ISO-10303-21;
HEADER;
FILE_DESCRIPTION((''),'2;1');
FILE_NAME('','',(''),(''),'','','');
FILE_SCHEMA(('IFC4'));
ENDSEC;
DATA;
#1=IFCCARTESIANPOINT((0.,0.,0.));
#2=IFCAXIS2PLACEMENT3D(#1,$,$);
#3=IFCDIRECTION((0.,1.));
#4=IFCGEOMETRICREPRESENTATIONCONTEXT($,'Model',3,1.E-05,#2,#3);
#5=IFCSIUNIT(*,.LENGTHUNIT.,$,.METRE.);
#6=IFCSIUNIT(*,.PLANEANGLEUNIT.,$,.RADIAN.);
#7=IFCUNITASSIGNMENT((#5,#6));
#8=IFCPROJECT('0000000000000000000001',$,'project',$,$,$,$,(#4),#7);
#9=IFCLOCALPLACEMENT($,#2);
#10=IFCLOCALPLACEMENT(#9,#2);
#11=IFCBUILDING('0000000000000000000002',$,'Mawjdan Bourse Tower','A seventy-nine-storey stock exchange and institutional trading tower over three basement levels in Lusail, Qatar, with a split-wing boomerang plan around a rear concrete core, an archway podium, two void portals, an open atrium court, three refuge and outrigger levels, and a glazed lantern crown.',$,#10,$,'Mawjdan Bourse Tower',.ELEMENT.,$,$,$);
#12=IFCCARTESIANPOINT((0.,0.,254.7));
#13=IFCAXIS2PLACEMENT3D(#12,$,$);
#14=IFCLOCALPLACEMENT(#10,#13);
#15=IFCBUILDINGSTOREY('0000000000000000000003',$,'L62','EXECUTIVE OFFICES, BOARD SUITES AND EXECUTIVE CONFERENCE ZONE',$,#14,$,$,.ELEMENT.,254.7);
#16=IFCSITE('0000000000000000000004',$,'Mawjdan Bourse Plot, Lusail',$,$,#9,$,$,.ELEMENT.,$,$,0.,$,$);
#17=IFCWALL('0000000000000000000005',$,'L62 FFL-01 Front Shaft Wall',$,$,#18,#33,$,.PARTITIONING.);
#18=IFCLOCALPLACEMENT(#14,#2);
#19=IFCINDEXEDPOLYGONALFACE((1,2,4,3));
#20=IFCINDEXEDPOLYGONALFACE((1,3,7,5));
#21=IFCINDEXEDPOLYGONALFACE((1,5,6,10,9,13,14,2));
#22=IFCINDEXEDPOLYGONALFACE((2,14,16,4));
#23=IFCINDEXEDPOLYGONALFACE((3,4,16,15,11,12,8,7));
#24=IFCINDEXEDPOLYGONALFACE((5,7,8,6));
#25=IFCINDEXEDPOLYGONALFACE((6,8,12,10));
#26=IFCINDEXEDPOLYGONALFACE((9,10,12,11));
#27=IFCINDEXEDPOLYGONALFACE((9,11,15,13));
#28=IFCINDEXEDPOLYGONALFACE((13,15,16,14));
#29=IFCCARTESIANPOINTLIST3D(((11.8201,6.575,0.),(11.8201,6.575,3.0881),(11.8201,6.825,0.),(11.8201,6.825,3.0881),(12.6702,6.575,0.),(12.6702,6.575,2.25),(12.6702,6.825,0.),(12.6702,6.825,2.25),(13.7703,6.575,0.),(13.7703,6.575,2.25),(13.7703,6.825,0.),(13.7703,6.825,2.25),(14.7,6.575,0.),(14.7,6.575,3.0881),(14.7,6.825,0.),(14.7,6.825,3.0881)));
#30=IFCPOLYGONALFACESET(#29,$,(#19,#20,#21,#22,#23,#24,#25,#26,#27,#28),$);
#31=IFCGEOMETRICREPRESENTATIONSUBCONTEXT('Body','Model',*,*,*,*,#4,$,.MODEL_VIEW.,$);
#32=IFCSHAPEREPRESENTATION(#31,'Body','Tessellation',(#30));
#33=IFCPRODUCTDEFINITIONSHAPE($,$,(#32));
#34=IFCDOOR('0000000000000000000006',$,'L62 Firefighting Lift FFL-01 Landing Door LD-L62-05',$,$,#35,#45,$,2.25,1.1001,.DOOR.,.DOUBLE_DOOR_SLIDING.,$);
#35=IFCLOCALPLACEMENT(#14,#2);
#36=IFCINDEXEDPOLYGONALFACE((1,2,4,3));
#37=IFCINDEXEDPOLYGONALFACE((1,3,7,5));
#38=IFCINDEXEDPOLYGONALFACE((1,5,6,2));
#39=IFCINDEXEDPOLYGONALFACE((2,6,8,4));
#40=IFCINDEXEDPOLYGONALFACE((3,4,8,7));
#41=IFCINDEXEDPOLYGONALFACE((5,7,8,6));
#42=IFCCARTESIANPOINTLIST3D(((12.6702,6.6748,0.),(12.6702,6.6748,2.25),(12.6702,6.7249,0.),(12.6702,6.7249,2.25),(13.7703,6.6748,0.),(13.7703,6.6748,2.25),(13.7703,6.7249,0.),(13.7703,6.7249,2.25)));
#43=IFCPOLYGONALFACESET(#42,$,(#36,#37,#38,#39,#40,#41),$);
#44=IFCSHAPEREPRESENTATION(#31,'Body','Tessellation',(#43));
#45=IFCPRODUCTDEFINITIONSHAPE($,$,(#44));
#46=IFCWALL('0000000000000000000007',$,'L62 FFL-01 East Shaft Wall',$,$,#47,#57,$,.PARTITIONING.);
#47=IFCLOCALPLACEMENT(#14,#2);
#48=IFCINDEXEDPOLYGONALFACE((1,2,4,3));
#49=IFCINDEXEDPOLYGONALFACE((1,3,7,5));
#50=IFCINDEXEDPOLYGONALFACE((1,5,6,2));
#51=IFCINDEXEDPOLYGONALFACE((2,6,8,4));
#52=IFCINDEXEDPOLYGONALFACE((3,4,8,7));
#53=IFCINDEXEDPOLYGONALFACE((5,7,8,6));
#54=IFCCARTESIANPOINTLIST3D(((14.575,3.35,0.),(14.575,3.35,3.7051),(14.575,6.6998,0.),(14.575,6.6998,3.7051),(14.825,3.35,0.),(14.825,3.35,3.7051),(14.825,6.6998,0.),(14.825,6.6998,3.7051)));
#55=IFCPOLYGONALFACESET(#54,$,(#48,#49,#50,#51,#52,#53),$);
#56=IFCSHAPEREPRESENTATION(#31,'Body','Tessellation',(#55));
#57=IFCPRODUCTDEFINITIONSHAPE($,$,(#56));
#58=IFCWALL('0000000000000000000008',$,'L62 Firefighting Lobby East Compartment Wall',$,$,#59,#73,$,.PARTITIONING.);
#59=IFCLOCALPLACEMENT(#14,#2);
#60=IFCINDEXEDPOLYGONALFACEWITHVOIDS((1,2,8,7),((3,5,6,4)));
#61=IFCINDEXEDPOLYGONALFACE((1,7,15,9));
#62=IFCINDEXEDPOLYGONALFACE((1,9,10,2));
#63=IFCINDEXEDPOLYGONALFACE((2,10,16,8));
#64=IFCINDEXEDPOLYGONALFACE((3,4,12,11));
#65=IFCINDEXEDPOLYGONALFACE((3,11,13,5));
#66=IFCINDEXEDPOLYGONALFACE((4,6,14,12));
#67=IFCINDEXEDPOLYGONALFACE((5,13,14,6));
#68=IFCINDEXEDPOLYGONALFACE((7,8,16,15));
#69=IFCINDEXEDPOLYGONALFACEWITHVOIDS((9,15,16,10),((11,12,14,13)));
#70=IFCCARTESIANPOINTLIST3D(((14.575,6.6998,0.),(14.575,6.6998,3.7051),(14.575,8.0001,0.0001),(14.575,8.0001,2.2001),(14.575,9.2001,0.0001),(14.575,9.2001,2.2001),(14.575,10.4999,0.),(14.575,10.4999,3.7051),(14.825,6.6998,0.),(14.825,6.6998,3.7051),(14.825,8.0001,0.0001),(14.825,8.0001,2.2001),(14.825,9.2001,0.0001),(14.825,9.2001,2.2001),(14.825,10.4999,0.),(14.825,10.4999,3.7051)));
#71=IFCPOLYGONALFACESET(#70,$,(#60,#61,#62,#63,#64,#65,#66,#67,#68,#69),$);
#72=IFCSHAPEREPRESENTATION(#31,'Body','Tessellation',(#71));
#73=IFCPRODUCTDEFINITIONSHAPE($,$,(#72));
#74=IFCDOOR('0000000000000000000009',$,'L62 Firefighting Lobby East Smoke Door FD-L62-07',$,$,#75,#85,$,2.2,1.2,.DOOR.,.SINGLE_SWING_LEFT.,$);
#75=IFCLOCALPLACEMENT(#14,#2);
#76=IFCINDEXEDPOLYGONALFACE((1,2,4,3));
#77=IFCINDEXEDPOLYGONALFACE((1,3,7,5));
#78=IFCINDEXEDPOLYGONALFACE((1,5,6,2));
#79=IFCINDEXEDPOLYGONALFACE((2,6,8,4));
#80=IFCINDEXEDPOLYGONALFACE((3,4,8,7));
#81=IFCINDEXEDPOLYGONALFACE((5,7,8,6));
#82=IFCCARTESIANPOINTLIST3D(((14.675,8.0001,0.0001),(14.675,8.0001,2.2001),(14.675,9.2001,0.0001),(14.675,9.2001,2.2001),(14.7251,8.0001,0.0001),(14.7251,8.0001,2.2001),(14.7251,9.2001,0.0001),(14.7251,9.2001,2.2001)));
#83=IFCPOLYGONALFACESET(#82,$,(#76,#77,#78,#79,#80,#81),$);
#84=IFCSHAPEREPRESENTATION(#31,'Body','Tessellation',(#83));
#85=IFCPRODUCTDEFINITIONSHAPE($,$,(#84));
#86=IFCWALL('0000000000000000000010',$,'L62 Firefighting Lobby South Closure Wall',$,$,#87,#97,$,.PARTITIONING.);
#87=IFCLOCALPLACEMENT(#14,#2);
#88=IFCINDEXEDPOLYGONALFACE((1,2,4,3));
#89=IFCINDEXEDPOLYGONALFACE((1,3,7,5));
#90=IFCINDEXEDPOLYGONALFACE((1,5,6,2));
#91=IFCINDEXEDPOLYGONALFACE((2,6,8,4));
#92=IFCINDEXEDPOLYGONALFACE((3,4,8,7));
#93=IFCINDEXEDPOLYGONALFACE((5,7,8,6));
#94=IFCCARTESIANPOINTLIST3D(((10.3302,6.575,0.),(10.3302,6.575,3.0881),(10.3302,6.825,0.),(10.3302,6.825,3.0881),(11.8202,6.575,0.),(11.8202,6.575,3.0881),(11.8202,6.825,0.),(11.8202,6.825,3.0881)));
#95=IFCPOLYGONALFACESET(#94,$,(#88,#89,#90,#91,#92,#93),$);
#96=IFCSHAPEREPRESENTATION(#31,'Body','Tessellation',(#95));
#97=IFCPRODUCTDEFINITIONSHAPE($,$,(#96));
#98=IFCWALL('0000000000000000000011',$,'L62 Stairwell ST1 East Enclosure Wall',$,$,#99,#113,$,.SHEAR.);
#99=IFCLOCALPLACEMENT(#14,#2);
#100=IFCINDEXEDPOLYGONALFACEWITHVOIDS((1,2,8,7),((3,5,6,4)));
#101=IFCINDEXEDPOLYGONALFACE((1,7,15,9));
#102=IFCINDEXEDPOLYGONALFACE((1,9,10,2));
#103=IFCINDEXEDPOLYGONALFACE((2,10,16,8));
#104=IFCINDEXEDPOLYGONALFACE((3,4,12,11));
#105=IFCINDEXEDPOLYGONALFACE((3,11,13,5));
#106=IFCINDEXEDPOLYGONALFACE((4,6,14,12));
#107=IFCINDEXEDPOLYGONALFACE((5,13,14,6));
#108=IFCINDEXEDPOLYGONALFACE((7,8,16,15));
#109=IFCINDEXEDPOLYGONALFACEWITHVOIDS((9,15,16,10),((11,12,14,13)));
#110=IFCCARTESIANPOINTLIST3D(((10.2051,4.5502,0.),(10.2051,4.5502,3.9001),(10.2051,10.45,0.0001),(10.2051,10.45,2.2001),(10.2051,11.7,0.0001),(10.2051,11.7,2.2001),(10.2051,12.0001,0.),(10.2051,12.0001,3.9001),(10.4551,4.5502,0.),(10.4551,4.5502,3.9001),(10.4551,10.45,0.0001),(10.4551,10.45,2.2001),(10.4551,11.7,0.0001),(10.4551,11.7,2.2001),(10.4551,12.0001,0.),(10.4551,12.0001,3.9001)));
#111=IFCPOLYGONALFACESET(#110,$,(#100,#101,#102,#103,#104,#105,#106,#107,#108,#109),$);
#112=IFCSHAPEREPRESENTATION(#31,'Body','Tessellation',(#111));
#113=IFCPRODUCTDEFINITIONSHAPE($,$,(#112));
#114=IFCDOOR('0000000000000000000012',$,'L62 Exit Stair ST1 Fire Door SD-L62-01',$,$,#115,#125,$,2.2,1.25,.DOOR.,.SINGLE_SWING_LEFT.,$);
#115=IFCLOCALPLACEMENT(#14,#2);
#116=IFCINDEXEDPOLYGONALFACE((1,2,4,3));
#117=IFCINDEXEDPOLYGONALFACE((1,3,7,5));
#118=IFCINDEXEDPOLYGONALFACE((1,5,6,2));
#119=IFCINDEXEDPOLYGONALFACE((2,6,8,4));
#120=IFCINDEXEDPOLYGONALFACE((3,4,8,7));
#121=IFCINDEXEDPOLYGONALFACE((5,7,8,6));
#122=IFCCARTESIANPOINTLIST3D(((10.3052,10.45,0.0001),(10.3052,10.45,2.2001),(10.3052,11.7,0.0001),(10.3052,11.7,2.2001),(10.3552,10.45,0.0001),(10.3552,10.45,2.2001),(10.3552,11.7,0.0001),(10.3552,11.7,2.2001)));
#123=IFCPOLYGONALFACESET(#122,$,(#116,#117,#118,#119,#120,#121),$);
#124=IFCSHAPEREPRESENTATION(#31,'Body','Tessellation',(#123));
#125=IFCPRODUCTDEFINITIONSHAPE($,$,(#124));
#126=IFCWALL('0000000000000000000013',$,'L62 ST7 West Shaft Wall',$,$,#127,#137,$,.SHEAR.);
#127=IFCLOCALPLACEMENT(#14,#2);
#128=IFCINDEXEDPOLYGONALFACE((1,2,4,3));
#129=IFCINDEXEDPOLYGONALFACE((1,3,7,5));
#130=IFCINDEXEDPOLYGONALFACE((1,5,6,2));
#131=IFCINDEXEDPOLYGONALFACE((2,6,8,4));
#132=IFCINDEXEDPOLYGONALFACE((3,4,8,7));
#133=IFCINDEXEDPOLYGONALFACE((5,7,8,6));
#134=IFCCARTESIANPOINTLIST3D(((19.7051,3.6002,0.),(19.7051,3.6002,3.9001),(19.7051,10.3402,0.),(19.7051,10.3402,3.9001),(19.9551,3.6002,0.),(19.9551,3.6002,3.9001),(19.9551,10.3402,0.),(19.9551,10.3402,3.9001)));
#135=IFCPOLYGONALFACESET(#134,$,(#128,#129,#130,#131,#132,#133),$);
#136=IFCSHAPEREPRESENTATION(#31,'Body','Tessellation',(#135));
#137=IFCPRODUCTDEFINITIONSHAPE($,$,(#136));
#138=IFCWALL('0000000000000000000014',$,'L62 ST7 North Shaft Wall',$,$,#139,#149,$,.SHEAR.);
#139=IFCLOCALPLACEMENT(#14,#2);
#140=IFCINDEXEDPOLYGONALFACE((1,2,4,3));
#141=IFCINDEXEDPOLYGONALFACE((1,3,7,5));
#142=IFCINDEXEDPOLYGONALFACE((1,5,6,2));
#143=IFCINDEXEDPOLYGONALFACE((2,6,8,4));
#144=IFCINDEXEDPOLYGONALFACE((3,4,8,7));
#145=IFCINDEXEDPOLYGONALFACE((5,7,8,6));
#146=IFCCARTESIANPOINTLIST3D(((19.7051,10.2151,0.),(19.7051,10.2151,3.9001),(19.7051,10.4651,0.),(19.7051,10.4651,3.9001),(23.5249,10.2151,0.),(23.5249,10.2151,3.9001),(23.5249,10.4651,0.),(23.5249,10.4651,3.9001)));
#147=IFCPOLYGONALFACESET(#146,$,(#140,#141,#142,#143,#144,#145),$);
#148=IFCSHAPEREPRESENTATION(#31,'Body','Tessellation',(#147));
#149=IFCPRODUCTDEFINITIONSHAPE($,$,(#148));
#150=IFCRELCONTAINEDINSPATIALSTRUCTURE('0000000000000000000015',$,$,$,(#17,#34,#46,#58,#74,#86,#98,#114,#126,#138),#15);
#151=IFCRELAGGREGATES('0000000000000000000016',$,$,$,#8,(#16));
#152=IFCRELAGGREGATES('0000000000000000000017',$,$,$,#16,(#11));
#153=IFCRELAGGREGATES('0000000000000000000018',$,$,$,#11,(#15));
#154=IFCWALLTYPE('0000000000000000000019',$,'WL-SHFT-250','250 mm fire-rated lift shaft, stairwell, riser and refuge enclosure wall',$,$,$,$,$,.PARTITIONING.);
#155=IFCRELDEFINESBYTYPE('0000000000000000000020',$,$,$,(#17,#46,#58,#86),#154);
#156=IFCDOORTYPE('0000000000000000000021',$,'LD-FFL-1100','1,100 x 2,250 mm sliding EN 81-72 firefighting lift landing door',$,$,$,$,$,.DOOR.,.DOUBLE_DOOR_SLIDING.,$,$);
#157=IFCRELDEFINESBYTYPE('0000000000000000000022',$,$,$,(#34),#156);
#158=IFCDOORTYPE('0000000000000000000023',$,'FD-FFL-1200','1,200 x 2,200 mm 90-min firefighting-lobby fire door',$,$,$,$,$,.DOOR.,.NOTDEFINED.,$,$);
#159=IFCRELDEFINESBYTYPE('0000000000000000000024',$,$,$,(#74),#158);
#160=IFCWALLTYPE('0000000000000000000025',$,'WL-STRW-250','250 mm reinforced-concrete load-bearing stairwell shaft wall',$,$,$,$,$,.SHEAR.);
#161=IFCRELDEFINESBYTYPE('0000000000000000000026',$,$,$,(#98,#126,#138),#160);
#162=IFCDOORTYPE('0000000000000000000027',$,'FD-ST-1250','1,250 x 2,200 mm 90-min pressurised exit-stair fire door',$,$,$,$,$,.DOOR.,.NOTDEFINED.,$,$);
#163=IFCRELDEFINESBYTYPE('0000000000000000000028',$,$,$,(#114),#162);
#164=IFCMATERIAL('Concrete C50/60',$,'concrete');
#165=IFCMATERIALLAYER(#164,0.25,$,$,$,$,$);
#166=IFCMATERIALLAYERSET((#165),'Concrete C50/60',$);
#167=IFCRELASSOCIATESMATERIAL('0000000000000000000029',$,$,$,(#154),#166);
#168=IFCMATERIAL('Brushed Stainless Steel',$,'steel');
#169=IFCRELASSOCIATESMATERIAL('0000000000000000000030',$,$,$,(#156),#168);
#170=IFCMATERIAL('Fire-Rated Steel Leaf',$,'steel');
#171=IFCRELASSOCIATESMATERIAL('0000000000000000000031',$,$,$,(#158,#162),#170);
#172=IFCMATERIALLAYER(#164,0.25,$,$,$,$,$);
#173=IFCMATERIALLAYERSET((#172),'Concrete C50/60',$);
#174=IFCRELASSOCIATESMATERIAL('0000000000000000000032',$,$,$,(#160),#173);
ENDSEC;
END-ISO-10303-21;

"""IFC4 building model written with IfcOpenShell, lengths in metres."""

from ifc_helpers import new_model, si_unit, direction, frame, frame_2d, origin, place, context, subcontext, project, spatial, rectangle, extrude, material, layer, layer_set, type_object, element, fill, save


model = new_model("IFC4")

# Units and contexts
model_context = context("Model", 3, precision=1e-05, world=origin(), true_north=direction((0.0, 1.0)))
body_context = subcontext(model_context, "Body", "Model", "MODEL_VIEW")
ifc_project = project(units=[si_unit("LENGTHUNIT", "METRE"), si_unit("PLANEANGLEUNIT", "RADIAN")], contexts=[model_context])

# Site, building, storey
site_placement = place(None, origin())
site = spatial("IfcSite", under=ifc_project, at=site_placement, Name="Mawjdan Bourse Plot, Lusail", CompositionType="ELEMENT", RefElevation=0.0)
building_placement = place(site_placement, origin())
building = spatial("IfcBuilding", under=site, at=building_placement, Name="Mawjdan Bourse Tower", Description="A seventy-nine-storey stock exchange and institutional trading tower over three basement levels in Lusail, Qatar, with a split-wing boomerang plan around a rear concrete core, an archway podium, two void portals, an open atrium court, three refuge and outrigger levels, and a glazed lantern crown.", LongName="Mawjdan Bourse Tower", CompositionType="ELEMENT")
storey_placement = place(building_placement, frame((0.0, 0.0, 254.7)))
storey = spatial("IfcBuildingStorey", under=building, at=storey_placement, Name="L62", Description="EXECUTIVE OFFICES, BOARD SUITES AND EXECUTIVE CONFERENCE ZONE", CompositionType="ELEMENT", Elevation=254.7)

# Shared definitions
ifc_material_1 = material(Name="Concrete C50/60", Category="concrete")
ifc_layer_1 = layer(ifc_material_1, 0.25)
ifc_layer_set_1 = layer_set([ifc_layer_1], Name="Concrete C50/60")
wall_type_1 = type_object("IfcWallType", Name="WL-SHFT-250", Description="250 mm fire-rated lift shaft, stairwell, riser and refuge enclosure wall", PredefinedType="PARTITIONING", material=ifc_layer_set_1)

# Wall, opening, door
wall_1_placement = place(storey_placement, frame((11.8201, 6.7, 0.0), z_axis=(0.0, 0.0, 1.0), x_axis=(1.0, 0.0, 0.0)))
wall_1 = element("IfcWall", 1, at=wall_1_placement, inside=storey, type_object=wall_type_1, Name="L62 FFL-01 Front Shaft Wall", PredefinedType="PARTITIONING", context=body_context, shape_type="SweptSolid", body=[
    extrude(rectangle(XDim=2.8799, YDim=0.25, at=frame_2d((1.4399, 0.0))), origin(), (0.0, 0.0, 1.0), 3.0881),
])
opening_1_placement = place(wall_1_placement, frame((0.8501, 0.0, 0.0)))
opening_1 = element("IfcOpeningElement", 2, at=opening_1_placement, cuts=wall_1, PredefinedType="OPENING", context=body_context, shape_type="SweptSolid", body=[
    extrude(rectangle(XDim=1.1001, YDim=2.25, at=frame_2d((0.55, 1.125))), frame((0.0, 0.135, 0.0), z_axis=(0.0, -1.0, 0.0), x_axis=(1.0, 0.0, 0.0)), (0.0, 0.0, 1.0), 0.27),
])
ifc_material_2 = material(Name="Brushed Stainless Steel", Category="steel")
door_type_1 = type_object("IfcDoorType", Name="LD-FFL-1100", Description="1,100 x 2,250 mm sliding EN 81-72 firefighting lift landing door", OperationType="DOUBLE_DOOR_SLIDING", PredefinedType="DOOR", material=ifc_material_2)
door_1_placement = place(opening_1_placement, origin())
door_1 = element("IfcDoor", 3, at=door_1_placement, inside=storey, type_object=door_type_1, Name="L62 Firefighting Lift FFL-01 Landing Door LD-L62-05", OperationType="DOUBLE_DOOR_SLIDING", OverallHeight=2.25, OverallWidth=1.1001, PredefinedType="DOOR", context=body_context, shape_type="SweptSolid", body=[
    extrude(rectangle(XDim=1.1001, YDim=2.25, at=frame_2d((0.55, 1.125))), frame((0.0, 0.0249, 0.0), z_axis=(0.0, -1.0, 0.0), x_axis=(1.0, 0.0, 0.0)), (0.0, 0.0, 1.0), 0.05),
])
fill(opening_1, door_1)

# Wall
wall_2_placement = place(storey_placement, frame((14.7, 3.3501, 0.0), z_axis=(0.0, 0.0, 1.0), x_axis=(0.0, 1.0, 0.0)))
element("IfcWall", 4, at=wall_2_placement, inside=storey, type_object=wall_type_1, Name="L62 FFL-01 East Shaft Wall", PredefinedType="PARTITIONING", context=body_context, shape_type="SweptSolid", body=[
    extrude(rectangle(XDim=3.3499, YDim=0.25, at=frame_2d((1.6748, 0.0))), origin(), (0.0, 0.0, 1.0), 3.7051),
])

# Wall, opening, door
wall_3_placement = place(storey_placement, frame((14.7, 6.7, 0.0), z_axis=(0.0, 0.0, 1.0), x_axis=(0.0, 1.0, 0.0)))
wall_3 = element("IfcWall", 5, at=wall_3_placement, inside=storey, type_object=wall_type_1, Name="L62 Firefighting Lobby East Compartment Wall", PredefinedType="PARTITIONING", context=body_context, shape_type="SweptSolid", body=[
    extrude(rectangle(XDim=3.8, YDim=0.25, at=frame_2d((1.8999, 0.0))), origin(), (0.0, 0.0, 1.0), 3.7051),
])
opening_2_placement = place(wall_3_placement, frame((1.3, 0.0, 0.0)))
opening_2 = element("IfcOpeningElement", 6, at=opening_2_placement, cuts=wall_3, PredefinedType="OPENING", context=body_context, shape_type="SweptSolid", body=[
    extrude(rectangle(XDim=1.2, YDim=2.2, at=frame_2d((0.6001, 1.1001))), frame((0.0, 0.135, 0.0), z_axis=(0.0, -1.0, 0.0), x_axis=(1.0, 0.0, 0.0)), (0.0, 0.0, 1.0), 0.27),
])
ifc_material_3 = material(Name="Fire-Rated Steel Leaf", Category="steel")
door_type_2 = type_object("IfcDoorType", Name="FD-FFL-1200", Description="1,200 x 2,200 mm 90-min firefighting-lobby fire door", OperationType="NOTDEFINED", PredefinedType="DOOR", material=ifc_material_3)
door_2_placement = place(opening_2_placement, origin())
door_2 = element("IfcDoor", 7, at=door_2_placement, inside=storey, type_object=door_type_2, Name="L62 Firefighting Lobby East Smoke Door FD-L62-07", OperationType="SINGLE_SWING_LEFT", OverallHeight=2.2, OverallWidth=1.2, PredefinedType="DOOR", context=body_context, shape_type="SweptSolid", body=[
    extrude(rectangle(XDim=1.2, YDim=2.2, at=frame_2d((0.6001, 1.1001))), frame((0.0, 0.0249, 0.0), z_axis=(0.0, -1.0, 0.0), x_axis=(1.0, 0.0, 0.0)), (0.0, 0.0, 1.0), 0.05),
])
fill(opening_2, door_2)

# Wall
wall_4_placement = place(storey_placement, frame((10.3301, 6.7, 0.0), z_axis=(0.0, 0.0, 1.0), x_axis=(1.0, 0.0, 0.0)))
element("IfcWall", 8, at=wall_4_placement, inside=storey, type_object=wall_type_1, Name="L62 Firefighting Lobby South Closure Wall", PredefinedType="PARTITIONING", context=body_context, shape_type="SweptSolid", body=[
    extrude(rectangle(XDim=1.49, YDim=0.25, at=frame_2d((0.7451, 0.0))), origin(), (0.0, 0.0, 1.0), 3.0881),
])

# Wall, opening, door
ifc_layer_2 = layer(ifc_material_1, 0.25)
ifc_layer_set_2 = layer_set([ifc_layer_2], Name="Concrete C50/60")
wall_type_2 = type_object("IfcWallType", Name="WL-STRW-250", Description="250 mm reinforced-concrete load-bearing stairwell shaft wall", PredefinedType="SHEAR", material=ifc_layer_set_2)
wall_5_placement = place(storey_placement, frame((10.3301, 4.55, 0.0), z_axis=(0.0, 0.0, 1.0), x_axis=(0.0, 1.0, 0.0)))
wall_5 = element("IfcWall", 9, at=wall_5_placement, inside=storey, type_object=wall_type_2, Name="L62 Stairwell ST1 East Enclosure Wall", PredefinedType="SHEAR", context=body_context, shape_type="SweptSolid", body=[
    extrude(rectangle(XDim=7.45, YDim=0.25, at=frame_2d((3.7251, 0.0))), origin(), (0.0, 0.0, 1.0), 3.9001),
])
opening_3_placement = place(wall_5_placement, frame((5.8999, 0.0, 0.0)))
opening_3 = element("IfcOpeningElement", 10, at=opening_3_placement, cuts=wall_5, PredefinedType="OPENING", context=body_context, shape_type="SweptSolid", body=[
    extrude(rectangle(XDim=1.25, YDim=2.2, at=frame_2d((0.625, 1.1001))), frame((0.0, 0.135, 0.0), z_axis=(0.0, -1.0, 0.0), x_axis=(1.0, 0.0, 0.0)), (0.0, 0.0, 1.0), 0.27),
])
door_type_3 = type_object("IfcDoorType", Name="FD-ST-1250", Description="1,250 x 2,200 mm 90-min pressurised exit-stair fire door", OperationType="NOTDEFINED", PredefinedType="DOOR", material=ifc_material_3)
door_3_placement = place(opening_3_placement, origin())
door_3 = element("IfcDoor", 11, at=door_3_placement, inside=storey, type_object=door_type_3, Name="L62 Exit Stair ST1 Fire Door SD-L62-01", OperationType="SINGLE_SWING_LEFT", OverallHeight=2.2, OverallWidth=1.25, PredefinedType="DOOR", context=body_context, shape_type="SweptSolid", body=[
    extrude(rectangle(XDim=1.25, YDim=2.2, at=frame_2d((0.625, 1.1001))), frame((0.0, 0.0249, 0.0), z_axis=(0.0, -1.0, 0.0), x_axis=(1.0, 0.0, 0.0)), (0.0, 0.0, 1.0), 0.05),
])
fill(opening_3, door_3)

# Walls
wall_6_placement = place(storey_placement, frame((19.8301, 3.6001, 0.0), z_axis=(0.0, 0.0, 1.0), x_axis=(0.0, 1.0, 0.0)))
element("IfcWall", 12, at=wall_6_placement, inside=storey, type_object=wall_type_2, Name="L62 ST7 West Shaft Wall", PredefinedType="SHEAR", context=body_context, shape_type="SweptSolid", body=[
    extrude(rectangle(XDim=6.74, YDim=0.25, at=frame_2d((3.3701, 0.0))), origin(), (0.0, 0.0, 1.0), 3.9001),
])
wall_7_placement = place(storey_placement, frame((19.7051, 10.3401, 0.0), z_axis=(0.0, 0.0, 1.0), x_axis=(1.0, 0.0, 0.0)))
element("IfcWall", 13, at=wall_7_placement, inside=storey, type_object=wall_type_2, Name="L62 ST7 North Shaft Wall", PredefinedType="SHEAR", context=body_context, shape_type="SweptSolid", body=[
    extrude(rectangle(XDim=3.8198, YDim=0.25, at=frame_2d((1.9099, 0.0))), origin(), (0.0, 0.0, 1.0), 3.9001),
])

save(model, "model.ifc")
